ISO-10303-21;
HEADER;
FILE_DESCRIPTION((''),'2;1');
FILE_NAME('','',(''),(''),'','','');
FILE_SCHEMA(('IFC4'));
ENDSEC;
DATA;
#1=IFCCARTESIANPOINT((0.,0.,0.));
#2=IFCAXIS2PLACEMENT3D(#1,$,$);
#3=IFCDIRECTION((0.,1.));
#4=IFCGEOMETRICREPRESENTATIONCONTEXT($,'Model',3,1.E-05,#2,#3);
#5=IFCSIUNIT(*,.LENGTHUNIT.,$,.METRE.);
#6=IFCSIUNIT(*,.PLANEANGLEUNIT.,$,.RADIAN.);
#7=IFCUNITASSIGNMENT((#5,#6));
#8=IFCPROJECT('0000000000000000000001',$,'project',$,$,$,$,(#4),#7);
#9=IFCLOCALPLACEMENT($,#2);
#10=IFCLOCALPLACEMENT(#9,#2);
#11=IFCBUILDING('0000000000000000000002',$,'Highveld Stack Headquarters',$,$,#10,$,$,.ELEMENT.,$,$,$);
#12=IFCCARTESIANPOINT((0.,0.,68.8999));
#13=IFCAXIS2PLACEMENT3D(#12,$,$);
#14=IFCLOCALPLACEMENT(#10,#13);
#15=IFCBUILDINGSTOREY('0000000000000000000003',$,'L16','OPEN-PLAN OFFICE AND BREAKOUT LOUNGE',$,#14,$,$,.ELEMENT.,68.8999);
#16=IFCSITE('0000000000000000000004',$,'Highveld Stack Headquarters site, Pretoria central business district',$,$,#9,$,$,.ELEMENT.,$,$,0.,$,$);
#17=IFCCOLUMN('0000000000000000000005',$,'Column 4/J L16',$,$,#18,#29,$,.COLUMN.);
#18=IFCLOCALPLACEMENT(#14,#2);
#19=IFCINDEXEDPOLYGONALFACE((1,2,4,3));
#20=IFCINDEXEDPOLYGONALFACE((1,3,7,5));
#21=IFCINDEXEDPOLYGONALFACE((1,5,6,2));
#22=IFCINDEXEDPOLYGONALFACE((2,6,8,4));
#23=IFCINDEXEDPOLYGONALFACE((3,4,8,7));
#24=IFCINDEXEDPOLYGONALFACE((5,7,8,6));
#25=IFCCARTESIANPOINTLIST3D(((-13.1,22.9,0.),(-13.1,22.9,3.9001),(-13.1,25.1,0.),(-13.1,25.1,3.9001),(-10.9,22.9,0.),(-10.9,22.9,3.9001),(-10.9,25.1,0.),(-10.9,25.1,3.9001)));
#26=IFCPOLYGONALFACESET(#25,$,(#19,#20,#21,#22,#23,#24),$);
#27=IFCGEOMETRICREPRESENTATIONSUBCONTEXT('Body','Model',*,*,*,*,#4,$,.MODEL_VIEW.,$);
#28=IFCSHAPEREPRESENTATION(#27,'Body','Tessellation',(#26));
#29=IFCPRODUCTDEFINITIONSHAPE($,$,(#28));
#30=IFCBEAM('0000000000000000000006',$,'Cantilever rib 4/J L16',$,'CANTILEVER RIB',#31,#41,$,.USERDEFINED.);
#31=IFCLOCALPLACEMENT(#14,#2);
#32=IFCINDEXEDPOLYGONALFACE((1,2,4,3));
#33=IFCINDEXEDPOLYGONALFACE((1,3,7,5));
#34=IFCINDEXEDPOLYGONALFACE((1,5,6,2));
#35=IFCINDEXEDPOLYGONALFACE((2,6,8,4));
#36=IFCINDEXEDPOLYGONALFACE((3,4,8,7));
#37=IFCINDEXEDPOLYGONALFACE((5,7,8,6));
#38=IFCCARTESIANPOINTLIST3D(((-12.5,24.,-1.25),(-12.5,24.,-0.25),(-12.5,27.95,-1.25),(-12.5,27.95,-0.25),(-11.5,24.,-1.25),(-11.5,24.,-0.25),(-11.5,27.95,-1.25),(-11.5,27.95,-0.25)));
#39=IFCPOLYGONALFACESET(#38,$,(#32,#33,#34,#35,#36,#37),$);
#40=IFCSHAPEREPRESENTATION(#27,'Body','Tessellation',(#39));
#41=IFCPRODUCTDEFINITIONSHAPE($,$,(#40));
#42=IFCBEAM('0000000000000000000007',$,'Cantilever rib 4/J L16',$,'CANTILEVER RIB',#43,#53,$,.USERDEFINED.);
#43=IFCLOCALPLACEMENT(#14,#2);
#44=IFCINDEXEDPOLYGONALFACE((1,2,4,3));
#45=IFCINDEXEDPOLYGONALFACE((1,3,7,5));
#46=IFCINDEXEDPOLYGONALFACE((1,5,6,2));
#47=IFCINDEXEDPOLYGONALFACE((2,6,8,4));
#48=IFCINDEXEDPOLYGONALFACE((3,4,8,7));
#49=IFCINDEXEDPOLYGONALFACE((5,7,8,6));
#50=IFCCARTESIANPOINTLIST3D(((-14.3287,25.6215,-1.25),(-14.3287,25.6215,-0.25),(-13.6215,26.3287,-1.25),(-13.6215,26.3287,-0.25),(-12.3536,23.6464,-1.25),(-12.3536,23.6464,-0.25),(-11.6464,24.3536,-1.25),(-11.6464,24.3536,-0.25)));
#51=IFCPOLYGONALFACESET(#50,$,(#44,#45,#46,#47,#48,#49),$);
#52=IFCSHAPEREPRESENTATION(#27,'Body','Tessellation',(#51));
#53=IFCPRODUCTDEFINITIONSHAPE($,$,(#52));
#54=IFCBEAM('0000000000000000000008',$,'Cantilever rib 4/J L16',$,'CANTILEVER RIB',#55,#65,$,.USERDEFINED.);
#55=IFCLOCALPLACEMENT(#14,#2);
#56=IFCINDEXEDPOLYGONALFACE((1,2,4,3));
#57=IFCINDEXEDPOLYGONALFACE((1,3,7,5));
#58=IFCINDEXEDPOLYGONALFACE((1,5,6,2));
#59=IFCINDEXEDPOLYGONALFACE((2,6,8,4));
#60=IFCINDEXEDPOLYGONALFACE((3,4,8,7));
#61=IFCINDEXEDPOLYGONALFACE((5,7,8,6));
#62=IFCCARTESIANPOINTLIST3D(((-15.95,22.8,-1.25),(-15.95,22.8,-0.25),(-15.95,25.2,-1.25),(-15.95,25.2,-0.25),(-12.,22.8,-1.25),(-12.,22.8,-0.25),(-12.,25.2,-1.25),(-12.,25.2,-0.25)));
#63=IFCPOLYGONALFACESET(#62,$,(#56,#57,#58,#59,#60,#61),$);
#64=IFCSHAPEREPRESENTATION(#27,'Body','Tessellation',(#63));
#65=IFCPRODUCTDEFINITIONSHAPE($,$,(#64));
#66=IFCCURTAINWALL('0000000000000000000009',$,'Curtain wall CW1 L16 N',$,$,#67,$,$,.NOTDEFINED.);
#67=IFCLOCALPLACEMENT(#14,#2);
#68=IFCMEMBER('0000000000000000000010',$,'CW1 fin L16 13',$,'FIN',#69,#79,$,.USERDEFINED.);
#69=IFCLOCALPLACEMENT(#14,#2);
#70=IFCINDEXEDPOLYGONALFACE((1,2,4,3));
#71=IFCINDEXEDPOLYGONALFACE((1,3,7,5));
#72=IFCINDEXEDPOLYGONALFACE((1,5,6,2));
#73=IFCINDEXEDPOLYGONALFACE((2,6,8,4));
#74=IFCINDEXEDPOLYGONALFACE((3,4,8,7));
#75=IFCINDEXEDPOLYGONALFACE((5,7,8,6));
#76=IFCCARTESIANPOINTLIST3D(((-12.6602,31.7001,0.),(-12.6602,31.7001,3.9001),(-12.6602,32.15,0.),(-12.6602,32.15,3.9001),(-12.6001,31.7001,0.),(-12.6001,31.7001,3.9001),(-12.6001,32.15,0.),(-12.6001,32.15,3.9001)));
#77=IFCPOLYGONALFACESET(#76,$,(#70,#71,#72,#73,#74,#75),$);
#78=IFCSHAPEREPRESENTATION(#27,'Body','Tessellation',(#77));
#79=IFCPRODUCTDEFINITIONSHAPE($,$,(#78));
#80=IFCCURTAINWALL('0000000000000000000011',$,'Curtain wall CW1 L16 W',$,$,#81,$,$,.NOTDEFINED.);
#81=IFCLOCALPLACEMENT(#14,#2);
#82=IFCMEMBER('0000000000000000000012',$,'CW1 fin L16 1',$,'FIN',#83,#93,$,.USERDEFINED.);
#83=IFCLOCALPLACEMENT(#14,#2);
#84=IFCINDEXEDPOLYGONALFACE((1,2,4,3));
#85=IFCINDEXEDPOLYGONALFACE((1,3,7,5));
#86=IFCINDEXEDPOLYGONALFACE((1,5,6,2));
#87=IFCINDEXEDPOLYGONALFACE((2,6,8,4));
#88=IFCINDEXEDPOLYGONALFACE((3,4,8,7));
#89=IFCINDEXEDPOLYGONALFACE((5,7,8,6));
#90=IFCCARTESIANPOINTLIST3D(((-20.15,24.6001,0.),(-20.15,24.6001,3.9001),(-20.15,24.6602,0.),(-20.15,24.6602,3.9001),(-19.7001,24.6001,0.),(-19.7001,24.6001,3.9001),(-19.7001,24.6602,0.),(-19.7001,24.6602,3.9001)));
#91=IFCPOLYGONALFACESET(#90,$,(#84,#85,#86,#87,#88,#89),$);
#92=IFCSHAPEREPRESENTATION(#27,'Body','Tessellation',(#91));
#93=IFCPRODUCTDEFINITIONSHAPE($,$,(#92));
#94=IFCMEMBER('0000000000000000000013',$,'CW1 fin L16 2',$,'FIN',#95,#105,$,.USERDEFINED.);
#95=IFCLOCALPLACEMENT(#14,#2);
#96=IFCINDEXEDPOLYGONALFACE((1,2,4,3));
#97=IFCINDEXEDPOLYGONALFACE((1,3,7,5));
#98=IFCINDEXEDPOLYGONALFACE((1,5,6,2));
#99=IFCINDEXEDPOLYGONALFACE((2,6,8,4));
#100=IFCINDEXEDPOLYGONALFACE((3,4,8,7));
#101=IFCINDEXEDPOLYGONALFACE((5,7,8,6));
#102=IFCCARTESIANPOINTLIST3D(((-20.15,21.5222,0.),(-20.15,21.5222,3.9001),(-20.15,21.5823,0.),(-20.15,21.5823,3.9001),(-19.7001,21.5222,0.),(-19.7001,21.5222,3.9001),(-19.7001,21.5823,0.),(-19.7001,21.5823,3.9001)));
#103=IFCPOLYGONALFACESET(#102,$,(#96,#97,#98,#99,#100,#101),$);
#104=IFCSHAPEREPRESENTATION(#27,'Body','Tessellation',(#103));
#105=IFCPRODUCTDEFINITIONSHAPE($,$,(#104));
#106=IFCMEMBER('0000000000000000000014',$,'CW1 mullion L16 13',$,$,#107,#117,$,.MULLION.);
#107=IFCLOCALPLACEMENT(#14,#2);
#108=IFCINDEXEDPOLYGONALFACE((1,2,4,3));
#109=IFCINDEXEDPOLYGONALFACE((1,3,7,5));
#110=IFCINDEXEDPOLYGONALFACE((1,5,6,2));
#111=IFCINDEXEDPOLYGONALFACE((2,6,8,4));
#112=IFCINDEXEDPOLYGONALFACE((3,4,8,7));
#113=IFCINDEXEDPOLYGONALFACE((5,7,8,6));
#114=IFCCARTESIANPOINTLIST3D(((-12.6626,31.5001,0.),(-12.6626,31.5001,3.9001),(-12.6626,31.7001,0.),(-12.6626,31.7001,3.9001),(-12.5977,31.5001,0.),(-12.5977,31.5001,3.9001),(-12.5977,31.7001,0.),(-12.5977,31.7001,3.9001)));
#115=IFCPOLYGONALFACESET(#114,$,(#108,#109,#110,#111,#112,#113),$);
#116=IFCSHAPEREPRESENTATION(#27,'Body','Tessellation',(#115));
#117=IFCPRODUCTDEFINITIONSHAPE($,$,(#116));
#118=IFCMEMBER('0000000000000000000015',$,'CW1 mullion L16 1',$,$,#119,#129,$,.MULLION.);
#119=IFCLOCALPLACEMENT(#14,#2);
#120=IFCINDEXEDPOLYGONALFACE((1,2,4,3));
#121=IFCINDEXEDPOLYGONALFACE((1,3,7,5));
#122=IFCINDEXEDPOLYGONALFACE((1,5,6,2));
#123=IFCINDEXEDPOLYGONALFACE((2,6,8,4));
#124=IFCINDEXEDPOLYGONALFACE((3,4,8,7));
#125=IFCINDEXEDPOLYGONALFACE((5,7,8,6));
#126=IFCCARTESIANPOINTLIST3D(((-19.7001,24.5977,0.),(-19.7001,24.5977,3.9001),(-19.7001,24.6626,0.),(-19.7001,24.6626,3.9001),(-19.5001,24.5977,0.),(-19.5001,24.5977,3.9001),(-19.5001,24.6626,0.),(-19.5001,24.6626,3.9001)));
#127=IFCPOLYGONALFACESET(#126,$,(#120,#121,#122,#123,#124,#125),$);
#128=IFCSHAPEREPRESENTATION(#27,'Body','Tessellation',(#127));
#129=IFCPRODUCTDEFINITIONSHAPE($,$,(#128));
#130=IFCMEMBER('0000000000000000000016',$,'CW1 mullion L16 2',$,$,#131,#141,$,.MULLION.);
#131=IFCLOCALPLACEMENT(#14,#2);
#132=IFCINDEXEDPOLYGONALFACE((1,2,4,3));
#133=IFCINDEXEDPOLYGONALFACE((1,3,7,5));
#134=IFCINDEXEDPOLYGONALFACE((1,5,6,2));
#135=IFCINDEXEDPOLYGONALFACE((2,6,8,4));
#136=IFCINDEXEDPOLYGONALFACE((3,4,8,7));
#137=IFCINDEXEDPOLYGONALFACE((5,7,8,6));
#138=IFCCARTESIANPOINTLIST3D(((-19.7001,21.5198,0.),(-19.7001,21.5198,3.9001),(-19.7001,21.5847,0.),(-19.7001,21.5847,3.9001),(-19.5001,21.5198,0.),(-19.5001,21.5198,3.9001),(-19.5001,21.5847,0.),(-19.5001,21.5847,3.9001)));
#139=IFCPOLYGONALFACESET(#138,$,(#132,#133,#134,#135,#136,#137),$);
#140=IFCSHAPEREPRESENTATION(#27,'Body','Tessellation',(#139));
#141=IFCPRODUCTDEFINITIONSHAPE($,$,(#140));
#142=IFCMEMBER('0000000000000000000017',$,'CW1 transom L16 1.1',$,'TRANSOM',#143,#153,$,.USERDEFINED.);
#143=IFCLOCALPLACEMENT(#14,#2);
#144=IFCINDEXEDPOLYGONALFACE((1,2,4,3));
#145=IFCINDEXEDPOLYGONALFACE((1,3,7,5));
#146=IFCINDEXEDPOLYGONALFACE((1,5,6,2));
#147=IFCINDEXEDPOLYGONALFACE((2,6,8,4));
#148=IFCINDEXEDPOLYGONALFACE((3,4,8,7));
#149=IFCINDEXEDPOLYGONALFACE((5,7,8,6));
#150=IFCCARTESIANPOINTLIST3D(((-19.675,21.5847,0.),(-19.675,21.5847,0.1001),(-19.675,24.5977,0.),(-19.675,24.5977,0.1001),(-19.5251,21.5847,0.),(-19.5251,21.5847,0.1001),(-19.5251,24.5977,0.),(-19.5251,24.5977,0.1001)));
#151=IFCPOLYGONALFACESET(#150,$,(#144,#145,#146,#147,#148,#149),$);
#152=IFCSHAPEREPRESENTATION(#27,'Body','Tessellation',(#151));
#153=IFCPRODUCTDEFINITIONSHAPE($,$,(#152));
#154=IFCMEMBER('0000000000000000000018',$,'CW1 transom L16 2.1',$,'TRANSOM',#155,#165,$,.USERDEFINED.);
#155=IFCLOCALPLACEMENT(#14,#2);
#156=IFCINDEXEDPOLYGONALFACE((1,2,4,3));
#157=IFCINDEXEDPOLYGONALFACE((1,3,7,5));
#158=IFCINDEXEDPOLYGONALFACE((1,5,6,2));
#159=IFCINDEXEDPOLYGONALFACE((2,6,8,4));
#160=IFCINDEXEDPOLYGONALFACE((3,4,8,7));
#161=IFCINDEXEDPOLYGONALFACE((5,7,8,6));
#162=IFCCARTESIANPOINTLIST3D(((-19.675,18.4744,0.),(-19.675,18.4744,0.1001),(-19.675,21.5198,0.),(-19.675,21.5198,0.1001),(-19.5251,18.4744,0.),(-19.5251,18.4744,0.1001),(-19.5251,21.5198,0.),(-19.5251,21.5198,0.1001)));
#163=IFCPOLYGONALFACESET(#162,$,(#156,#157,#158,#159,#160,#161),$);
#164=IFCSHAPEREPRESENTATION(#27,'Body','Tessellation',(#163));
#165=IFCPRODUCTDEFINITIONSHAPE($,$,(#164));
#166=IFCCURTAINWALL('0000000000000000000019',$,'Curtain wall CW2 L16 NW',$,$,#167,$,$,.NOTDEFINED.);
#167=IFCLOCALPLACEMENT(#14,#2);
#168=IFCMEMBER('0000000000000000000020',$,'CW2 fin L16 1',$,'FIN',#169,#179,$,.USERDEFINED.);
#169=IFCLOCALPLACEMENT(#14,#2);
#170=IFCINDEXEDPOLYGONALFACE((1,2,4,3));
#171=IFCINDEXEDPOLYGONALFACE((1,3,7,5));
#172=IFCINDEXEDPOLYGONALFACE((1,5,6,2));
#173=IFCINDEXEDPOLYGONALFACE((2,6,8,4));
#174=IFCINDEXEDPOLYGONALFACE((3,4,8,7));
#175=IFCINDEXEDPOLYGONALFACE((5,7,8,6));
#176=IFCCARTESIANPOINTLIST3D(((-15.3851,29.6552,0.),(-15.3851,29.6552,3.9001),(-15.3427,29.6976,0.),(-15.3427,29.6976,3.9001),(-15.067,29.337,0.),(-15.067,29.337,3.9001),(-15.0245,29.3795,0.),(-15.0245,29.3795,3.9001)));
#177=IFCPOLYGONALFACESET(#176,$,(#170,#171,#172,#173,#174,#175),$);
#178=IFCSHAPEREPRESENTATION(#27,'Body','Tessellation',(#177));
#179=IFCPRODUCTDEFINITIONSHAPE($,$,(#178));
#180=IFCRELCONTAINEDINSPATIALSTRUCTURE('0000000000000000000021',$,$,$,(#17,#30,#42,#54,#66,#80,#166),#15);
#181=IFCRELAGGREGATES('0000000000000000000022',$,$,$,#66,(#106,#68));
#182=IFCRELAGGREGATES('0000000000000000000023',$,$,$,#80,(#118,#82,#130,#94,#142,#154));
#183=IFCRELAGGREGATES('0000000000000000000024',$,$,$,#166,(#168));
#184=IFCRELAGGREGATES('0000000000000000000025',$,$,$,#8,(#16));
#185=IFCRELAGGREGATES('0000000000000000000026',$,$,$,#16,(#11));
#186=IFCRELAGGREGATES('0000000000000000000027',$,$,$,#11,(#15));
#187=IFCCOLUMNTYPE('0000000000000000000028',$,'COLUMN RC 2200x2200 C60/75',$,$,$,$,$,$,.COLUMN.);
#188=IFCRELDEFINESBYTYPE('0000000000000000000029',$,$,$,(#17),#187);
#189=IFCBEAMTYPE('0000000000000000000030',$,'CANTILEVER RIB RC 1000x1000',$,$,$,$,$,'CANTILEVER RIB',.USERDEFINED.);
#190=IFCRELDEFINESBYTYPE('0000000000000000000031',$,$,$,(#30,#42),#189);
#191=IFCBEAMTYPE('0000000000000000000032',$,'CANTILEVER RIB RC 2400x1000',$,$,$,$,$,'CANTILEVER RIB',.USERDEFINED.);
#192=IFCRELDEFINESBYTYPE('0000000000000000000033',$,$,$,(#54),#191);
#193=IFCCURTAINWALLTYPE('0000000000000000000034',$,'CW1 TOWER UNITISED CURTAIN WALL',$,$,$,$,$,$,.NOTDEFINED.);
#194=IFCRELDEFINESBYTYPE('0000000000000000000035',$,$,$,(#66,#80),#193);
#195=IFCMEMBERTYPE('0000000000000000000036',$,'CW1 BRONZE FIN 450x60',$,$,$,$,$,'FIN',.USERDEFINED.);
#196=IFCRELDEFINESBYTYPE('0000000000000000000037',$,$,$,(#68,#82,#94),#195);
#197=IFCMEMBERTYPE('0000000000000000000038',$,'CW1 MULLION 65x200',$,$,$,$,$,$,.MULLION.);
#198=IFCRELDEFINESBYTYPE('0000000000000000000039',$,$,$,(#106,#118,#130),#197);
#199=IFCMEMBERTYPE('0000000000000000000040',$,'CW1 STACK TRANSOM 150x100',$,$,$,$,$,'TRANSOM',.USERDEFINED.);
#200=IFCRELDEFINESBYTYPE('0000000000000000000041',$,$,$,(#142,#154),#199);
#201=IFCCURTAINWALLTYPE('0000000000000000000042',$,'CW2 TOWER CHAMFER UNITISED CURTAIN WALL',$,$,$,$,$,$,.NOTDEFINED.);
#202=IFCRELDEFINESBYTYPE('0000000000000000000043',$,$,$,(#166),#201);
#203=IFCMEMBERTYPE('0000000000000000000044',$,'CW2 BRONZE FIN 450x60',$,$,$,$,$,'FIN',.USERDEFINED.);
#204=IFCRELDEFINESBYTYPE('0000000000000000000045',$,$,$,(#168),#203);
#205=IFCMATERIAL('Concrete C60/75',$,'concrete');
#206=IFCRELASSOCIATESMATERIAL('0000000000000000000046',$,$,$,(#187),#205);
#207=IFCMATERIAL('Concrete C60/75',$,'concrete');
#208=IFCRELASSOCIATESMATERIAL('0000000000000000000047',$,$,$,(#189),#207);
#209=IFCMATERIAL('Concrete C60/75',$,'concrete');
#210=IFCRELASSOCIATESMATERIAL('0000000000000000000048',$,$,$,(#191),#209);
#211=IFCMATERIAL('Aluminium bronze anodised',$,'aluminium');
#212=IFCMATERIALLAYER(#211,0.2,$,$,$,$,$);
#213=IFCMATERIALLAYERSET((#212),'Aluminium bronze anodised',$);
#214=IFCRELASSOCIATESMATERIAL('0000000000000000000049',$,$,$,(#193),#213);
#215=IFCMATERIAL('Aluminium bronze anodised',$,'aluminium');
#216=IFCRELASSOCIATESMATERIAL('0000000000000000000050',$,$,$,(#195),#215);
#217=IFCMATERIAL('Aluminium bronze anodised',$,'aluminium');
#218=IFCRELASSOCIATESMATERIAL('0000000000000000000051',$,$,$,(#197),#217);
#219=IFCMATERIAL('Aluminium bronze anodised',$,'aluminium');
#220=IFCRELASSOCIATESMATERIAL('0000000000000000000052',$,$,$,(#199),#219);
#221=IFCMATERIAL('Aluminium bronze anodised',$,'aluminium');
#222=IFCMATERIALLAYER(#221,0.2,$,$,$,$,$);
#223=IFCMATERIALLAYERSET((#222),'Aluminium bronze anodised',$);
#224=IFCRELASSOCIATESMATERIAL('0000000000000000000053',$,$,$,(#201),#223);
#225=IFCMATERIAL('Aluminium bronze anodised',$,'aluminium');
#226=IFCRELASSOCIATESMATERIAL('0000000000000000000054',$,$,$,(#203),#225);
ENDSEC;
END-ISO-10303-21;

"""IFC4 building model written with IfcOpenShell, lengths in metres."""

from ifc_helpers import new_model, si_unit, direction, frame, origin, origin_2d, place, context, subcontext, project, spatial, rectangle, extrude, material, layer, layer_set, material_profile, profile_set, type_object, element, aggregate, save


model = new_model("IFC4")

# Units and contexts
model_context = context("Model", 3, precision=1e-05, world=origin(), true_north=direction((0.0, 1.0)))
body_context = subcontext(model_context, "Body", "Model", "MODEL_VIEW")
ifc_project = project(units=[si_unit("LENGTHUNIT", "METRE"), si_unit("PLANEANGLEUNIT", "RADIAN")], contexts=[model_context])

# Site, building, storey
site_placement = place(None, origin())
site = spatial("IfcSite", under=ifc_project, at=site_placement, Name="Highveld Stack Headquarters site, Pretoria central business district", CompositionType="ELEMENT", RefElevation=0.0)
building_placement = place(site_placement, origin())
building = spatial("IfcBuilding", under=site, at=building_placement, Name="Highveld Stack Headquarters", CompositionType="ELEMENT")
storey_placement = place(building_placement, frame((0.0, 0.0, 68.8999)))
storey = spatial("IfcBuildingStorey", under=building, at=storey_placement, Name="L16", Description="OPEN-PLAN OFFICE AND BREAKOUT LOUNGE", CompositionType="ELEMENT", Elevation=68.8999)

# Column
ifc_material_1 = material(Name="Concrete C60/75", Category="concrete")
ifc_material_profile_1 = material_profile(ifc_material_1, rectangle(XDim=2.2, YDim=2.2, at=origin_2d()), Name="RC 2200x2200")
ifc_profile_set_1 = profile_set([ifc_material_profile_1], Name="Concrete C60/75")
column_type = type_object("IfcColumnType", Name="COLUMN RC 2200x2200 C60/75", PredefinedType="COLUMN", material=ifc_profile_set_1)
column_placement = place(storey_placement, frame((-12.0, 24.0, 0.0), z_axis=(0.0, 0.0, 1.0), x_axis=(1.0, 0.0, 0.0)))
element("IfcColumn", 1, at=column_placement, inside=storey, type_object=column_type, Name="Column 4/J L16", PredefinedType="COLUMN", context=body_context, shape_type="SweptSolid", body=[
    extrude(rectangle(XDim=2.2, YDim=2.2, at=origin_2d()), origin(), (0.0, 0.0, 1.0), 3.9001),
])

# Beams
ifc_material_2 = material(Name="Concrete C60/75", Category="concrete")
ifc_material_profile_2 = material_profile(ifc_material_2, rectangle(XDim=1.0, YDim=1.0, at=origin_2d()), Name="RC 1000x1000")
ifc_profile_set_2 = profile_set([ifc_material_profile_2], Name="Concrete C60/75")
beam_type_1 = type_object("IfcBeamType", Name="CANTILEVER RIB RC 1000x1000", ElementType="CANTILEVER RIB", PredefinedType="USERDEFINED", material=ifc_profile_set_2)
beam_1_placement = place(storey_placement, frame((-12.0, 24.0, -0.75), z_axis=(0.0, 1.0, 0.0), x_axis=(-1.0, 0.0, 0.0)))
element("IfcBeam", 2, at=beam_1_placement, inside=storey, type_object=beam_type_1, Name="Cantilever rib 4/J L16", ObjectType="CANTILEVER RIB", PredefinedType="USERDEFINED", context=body_context, shape_type="SweptSolid", body=[
    extrude(rectangle(XDim=1.0, YDim=1.0, at=origin_2d()), origin(), (0.0, 0.0, 1.0), 3.95),
])
beam_2_placement = place(storey_placement, frame((-12.0, 24.0, -0.75), z_axis=(-0.707107, 0.707107, 0.0), x_axis=(-0.707107, -0.707107, 0.0)))
element("IfcBeam", 3, at=beam_2_placement, inside=storey, type_object=beam_type_1, Name="Cantilever rib 4/J L16", ObjectType="CANTILEVER RIB", PredefinedType="USERDEFINED", context=body_context, shape_type="SweptSolid", body=[
    extrude(rectangle(XDim=1.0, YDim=1.0, at=origin_2d()), origin(), (0.0, 0.0, 1.0), 2.7932),
])
ifc_material_3 = material(Name="Concrete C60/75", Category="concrete")
ifc_material_profile_3 = material_profile(ifc_material_3, rectangle(XDim=2.3999, YDim=1.0, at=origin_2d()), Name="RC 2400x1000")
ifc_profile_set_3 = profile_set([ifc_material_profile_3], Name="Concrete C60/75")
beam_type_2 = type_object("IfcBeamType", Name="CANTILEVER RIB RC 2400x1000", ElementType="CANTILEVER RIB", PredefinedType="USERDEFINED", material=ifc_profile_set_3)
beam_3_placement = place(storey_placement, frame((-12.0, 24.0, -0.75), z_axis=(-1.0, 0.0, 0.0), x_axis=(0.0, -1.0, 0.0)))
element("IfcBeam", 4, at=beam_3_placement, inside=storey, type_object=beam_type_2, Name="Cantilever rib 4/J L16", ObjectType="CANTILEVER RIB", PredefinedType="USERDEFINED", context=body_context, shape_type="SweptSolid", body=[
    extrude(rectangle(XDim=2.3999, YDim=1.0, at=origin_2d()), origin(), (0.0, 0.0, 1.0), 3.95),
])

# Curtain wall, member
ifc_material_4 = material(Name="Aluminium bronze anodised", Category="aluminium")
ifc_layer_1 = layer(ifc_material_4, 0.2)
ifc_layer_set_1 = layer_set([ifc_layer_1], Name="Aluminium bronze anodised")
curtain_wall_type_1 = type_object("IfcCurtainWallType", Name="CW1 TOWER UNITISED CURTAIN WALL", PredefinedType="NOTDEFINED", material=ifc_layer_set_1)
curtain_wall_1_placement = place(storey_placement, origin())
curtain_wall_1 = element("IfcCurtainWall", 5, at=curtain_wall_1_placement, inside=storey, type_object=curtain_wall_type_1, Name="Curtain wall CW1 L16 N", PredefinedType="NOTDEFINED")
ifc_material_5 = material(Name="Aluminium bronze anodised", Category="aluminium")
ifc_material_profile_4 = material_profile(ifc_material_5, rectangle(XDim=0.45, YDim=0.0601, at=origin_2d()), Name="FIN 450x60")
ifc_profile_set_4 = profile_set([ifc_material_profile_4], Name="Aluminium bronze anodised")
member_type_1 = type_object("IfcMemberType", Name="CW1 BRONZE FIN 450x60", ElementType="FIN", PredefinedType="USERDEFINED", material=ifc_profile_set_4)
member_1_placement = place(storey_placement, frame((-12.6301, 31.925, 0.0), z_axis=(0.0, 0.0, 1.0), x_axis=(0.0, -1.0, 0.0)))
member_1 = element("IfcMember", 6, at=member_1_placement, type_object=member_type_1, Name="CW1 fin L16 13", ObjectType="FIN", PredefinedType="USERDEFINED", context=body_context, shape_type="SweptSolid", body=[
    extrude(rectangle(XDim=0.45, YDim=0.0601, at=origin_2d()), origin(), (0.0, 0.0, 1.0), 3.9001),
])

# Curtain wall, members
curtain_wall_2_placement = place(storey_placement, origin())
curtain_wall_2 = element("IfcCurtainWall", 7, at=curtain_wall_2_placement, inside=storey, type_object=curtain_wall_type_1, Name="Curtain wall CW1 L16 W", PredefinedType="NOTDEFINED")
member_2_placement = place(storey_placement, frame((-19.925, 24.6301, 0.0), z_axis=(0.0, 0.0, 1.0), x_axis=(1.0, 0.0, 0.0)))
member_2 = element("IfcMember", 8, at=member_2_placement, type_object=member_type_1, Name="CW1 fin L16 1", ObjectType="FIN", PredefinedType="USERDEFINED", context=body_context, shape_type="SweptSolid", body=[
    extrude(rectangle(XDim=0.45, YDim=0.0601, at=origin_2d()), origin(), (0.0, 0.0, 1.0), 3.9001),
])
member_3_placement = place(storey_placement, frame((-19.925, 21.5522, 0.0), z_axis=(0.0, 0.0, 1.0), x_axis=(1.0, 0.0, 0.0)))
member_3 = element("IfcMember", 9, at=member_3_placement, type_object=member_type_1, Name="CW1 fin L16 2", ObjectType="FIN", PredefinedType="USERDEFINED", context=body_context, shape_type="SweptSolid", body=[
    extrude(rectangle(XDim=0.45, YDim=0.0601, at=origin_2d()), origin(), (0.0, 0.0, 1.0), 3.9001),
])

# Members
ifc_material_6 = material(Name="Aluminium bronze anodised", Category="aluminium")
ifc_material_profile_5 = material_profile(ifc_material_6, rectangle(XDim=0.2, YDim=0.0649, at=origin_2d()), Name="CW1 MULLION 65x200")
ifc_profile_set_5 = profile_set([ifc_material_profile_5], Name="Aluminium bronze anodised")
member_type_2 = type_object("IfcMemberType", Name="CW1 MULLION 65x200", PredefinedType="MULLION", material=ifc_profile_set_5)
member_4_placement = place(storey_placement, frame((-12.6301, 31.6001, 0.0), z_axis=(0.0, 0.0, 1.0), x_axis=(0.0, -1.0, 0.0)))
member_4 = element("IfcMember", 10, at=member_4_placement, type_object=member_type_2, Name="CW1 mullion L16 13", PredefinedType="MULLION", context=body_context, shape_type="SweptSolid", body=[
    extrude(rectangle(XDim=0.2, YDim=0.0649, at=origin_2d()), origin(), (0.0, 0.0, 1.0), 3.9001),
])
aggregate(curtain_wall_1, [member_4, member_1])
member_5_placement = place(storey_placement, frame((-19.6001, 24.6301, 0.0), z_axis=(0.0, 0.0, 1.0), x_axis=(1.0, 0.0, 0.0)))
member_5 = element("IfcMember", 11, at=member_5_placement, type_object=member_type_2, Name="CW1 mullion L16 1", PredefinedType="MULLION", context=body_context, shape_type="SweptSolid", body=[
    extrude(rectangle(XDim=0.2, YDim=0.0649, at=origin_2d()), origin(), (0.0, 0.0, 1.0), 3.9001),
])
member_6_placement = place(storey_placement, frame((-19.6001, 21.5522, 0.0), z_axis=(0.0, 0.0, 1.0), x_axis=(1.0, 0.0, 0.0)))
member_6 = element("IfcMember", 12, at=member_6_placement, type_object=member_type_2, Name="CW1 mullion L16 2", PredefinedType="MULLION", context=body_context, shape_type="SweptSolid", body=[
    extrude(rectangle(XDim=0.2, YDim=0.0649, at=origin_2d()), origin(), (0.0, 0.0, 1.0), 3.9001),
])
ifc_material_7 = material(Name="Aluminium bronze anodised", Category="aluminium")
ifc_material_profile_6 = material_profile(ifc_material_7, rectangle(XDim=0.1499, YDim=0.1001, at=origin_2d()), Name="CW1 TRANSOM 150x100")
ifc_profile_set_6 = profile_set([ifc_material_profile_6], Name="Aluminium bronze anodised")
member_type_3 = type_object("IfcMemberType", Name="CW1 STACK TRANSOM 150x100", ElementType="TRANSOM", PredefinedType="USERDEFINED", material=ifc_profile_set_6)
member_7_placement = place(storey_placement, frame((-19.6001, 24.5977, 0.05), z_axis=(0.0, -1.0, 0.0), x_axis=(1.0, 0.0, 0.0)))
member_7 = element("IfcMember", 13, at=member_7_placement, type_object=member_type_3, Name="CW1 transom L16 1.1", ObjectType="TRANSOM", PredefinedType="USERDEFINED", context=body_context, shape_type="SweptSolid", body=[
    extrude(rectangle(XDim=0.1499, YDim=0.1001, at=origin_2d()), origin(), (0.0, 0.0, 1.0), 3.0129),
])
member_8_placement = place(storey_placement, frame((-19.6001, 21.5198, 0.05), z_axis=(0.0, -1.0, 0.0), x_axis=(1.0, 0.0, 0.0)))
member_8 = element("IfcMember", 14, at=member_8_placement, type_object=member_type_3, Name="CW1 transom L16 2.1", ObjectType="TRANSOM", PredefinedType="USERDEFINED", context=body_context, shape_type="SweptSolid", body=[
    extrude(rectangle(XDim=0.1499, YDim=0.1001, at=origin_2d()), origin(), (0.0, 0.0, 1.0), 3.0454),
])

# Curtain wall, member
ifc_material_8 = material(Name="Aluminium bronze anodised", Category="aluminium")
ifc_layer_2 = layer(ifc_material_8, 0.2)
ifc_layer_set_2 = layer_set([ifc_layer_2], Name="Aluminium bronze anodised")
curtain_wall_type_2 = type_object("IfcCurtainWallType", Name="CW2 TOWER CHAMFER UNITISED CURTAIN WALL", PredefinedType="NOTDEFINED", material=ifc_layer_set_2)
curtain_wall_3_placement = place(storey_placement, origin())
curtain_wall_3 = element("IfcCurtainWall", 15, at=curtain_wall_3_placement, inside=storey, type_object=curtain_wall_type_2, Name="Curtain wall CW2 L16 NW", PredefinedType="NOTDEFINED")
ifc_material_9 = material(Name="Aluminium bronze anodised", Category="aluminium")
ifc_material_profile_7 = material_profile(ifc_material_9, rectangle(XDim=0.45, YDim=0.0601, at=origin_2d()), Name="FIN 450x60")
ifc_profile_set_7 = profile_set([ifc_material_profile_7], Name="Aluminium bronze anodised")
member_type_4 = type_object("IfcMemberType", Name="CW2 BRONZE FIN 450x60", ElementType="FIN", PredefinedType="USERDEFINED", material=ifc_profile_set_7)
member_9_placement = place(storey_placement, frame((-15.2048, 29.5173, 0.0), z_axis=(0.0, 0.0, 1.0), x_axis=(0.707107, -0.707107, 0.0)))
member_9 = element("IfcMember", 16, at=member_9_placement, type_object=member_type_4, Name="CW2 fin L16 1", ObjectType="FIN", PredefinedType="USERDEFINED", context=body_context, shape_type="SweptSolid", body=[
    extrude(rectangle(XDim=0.45, YDim=0.0601, at=origin_2d()), origin(), (0.0, 0.0, 1.0), 3.9001),
])

aggregate(curtain_wall_2, [member_5, member_2, member_6, member_3, member_7, member_8])
aggregate(curtain_wall_3, [member_9])

save(model, "model.ifc")
